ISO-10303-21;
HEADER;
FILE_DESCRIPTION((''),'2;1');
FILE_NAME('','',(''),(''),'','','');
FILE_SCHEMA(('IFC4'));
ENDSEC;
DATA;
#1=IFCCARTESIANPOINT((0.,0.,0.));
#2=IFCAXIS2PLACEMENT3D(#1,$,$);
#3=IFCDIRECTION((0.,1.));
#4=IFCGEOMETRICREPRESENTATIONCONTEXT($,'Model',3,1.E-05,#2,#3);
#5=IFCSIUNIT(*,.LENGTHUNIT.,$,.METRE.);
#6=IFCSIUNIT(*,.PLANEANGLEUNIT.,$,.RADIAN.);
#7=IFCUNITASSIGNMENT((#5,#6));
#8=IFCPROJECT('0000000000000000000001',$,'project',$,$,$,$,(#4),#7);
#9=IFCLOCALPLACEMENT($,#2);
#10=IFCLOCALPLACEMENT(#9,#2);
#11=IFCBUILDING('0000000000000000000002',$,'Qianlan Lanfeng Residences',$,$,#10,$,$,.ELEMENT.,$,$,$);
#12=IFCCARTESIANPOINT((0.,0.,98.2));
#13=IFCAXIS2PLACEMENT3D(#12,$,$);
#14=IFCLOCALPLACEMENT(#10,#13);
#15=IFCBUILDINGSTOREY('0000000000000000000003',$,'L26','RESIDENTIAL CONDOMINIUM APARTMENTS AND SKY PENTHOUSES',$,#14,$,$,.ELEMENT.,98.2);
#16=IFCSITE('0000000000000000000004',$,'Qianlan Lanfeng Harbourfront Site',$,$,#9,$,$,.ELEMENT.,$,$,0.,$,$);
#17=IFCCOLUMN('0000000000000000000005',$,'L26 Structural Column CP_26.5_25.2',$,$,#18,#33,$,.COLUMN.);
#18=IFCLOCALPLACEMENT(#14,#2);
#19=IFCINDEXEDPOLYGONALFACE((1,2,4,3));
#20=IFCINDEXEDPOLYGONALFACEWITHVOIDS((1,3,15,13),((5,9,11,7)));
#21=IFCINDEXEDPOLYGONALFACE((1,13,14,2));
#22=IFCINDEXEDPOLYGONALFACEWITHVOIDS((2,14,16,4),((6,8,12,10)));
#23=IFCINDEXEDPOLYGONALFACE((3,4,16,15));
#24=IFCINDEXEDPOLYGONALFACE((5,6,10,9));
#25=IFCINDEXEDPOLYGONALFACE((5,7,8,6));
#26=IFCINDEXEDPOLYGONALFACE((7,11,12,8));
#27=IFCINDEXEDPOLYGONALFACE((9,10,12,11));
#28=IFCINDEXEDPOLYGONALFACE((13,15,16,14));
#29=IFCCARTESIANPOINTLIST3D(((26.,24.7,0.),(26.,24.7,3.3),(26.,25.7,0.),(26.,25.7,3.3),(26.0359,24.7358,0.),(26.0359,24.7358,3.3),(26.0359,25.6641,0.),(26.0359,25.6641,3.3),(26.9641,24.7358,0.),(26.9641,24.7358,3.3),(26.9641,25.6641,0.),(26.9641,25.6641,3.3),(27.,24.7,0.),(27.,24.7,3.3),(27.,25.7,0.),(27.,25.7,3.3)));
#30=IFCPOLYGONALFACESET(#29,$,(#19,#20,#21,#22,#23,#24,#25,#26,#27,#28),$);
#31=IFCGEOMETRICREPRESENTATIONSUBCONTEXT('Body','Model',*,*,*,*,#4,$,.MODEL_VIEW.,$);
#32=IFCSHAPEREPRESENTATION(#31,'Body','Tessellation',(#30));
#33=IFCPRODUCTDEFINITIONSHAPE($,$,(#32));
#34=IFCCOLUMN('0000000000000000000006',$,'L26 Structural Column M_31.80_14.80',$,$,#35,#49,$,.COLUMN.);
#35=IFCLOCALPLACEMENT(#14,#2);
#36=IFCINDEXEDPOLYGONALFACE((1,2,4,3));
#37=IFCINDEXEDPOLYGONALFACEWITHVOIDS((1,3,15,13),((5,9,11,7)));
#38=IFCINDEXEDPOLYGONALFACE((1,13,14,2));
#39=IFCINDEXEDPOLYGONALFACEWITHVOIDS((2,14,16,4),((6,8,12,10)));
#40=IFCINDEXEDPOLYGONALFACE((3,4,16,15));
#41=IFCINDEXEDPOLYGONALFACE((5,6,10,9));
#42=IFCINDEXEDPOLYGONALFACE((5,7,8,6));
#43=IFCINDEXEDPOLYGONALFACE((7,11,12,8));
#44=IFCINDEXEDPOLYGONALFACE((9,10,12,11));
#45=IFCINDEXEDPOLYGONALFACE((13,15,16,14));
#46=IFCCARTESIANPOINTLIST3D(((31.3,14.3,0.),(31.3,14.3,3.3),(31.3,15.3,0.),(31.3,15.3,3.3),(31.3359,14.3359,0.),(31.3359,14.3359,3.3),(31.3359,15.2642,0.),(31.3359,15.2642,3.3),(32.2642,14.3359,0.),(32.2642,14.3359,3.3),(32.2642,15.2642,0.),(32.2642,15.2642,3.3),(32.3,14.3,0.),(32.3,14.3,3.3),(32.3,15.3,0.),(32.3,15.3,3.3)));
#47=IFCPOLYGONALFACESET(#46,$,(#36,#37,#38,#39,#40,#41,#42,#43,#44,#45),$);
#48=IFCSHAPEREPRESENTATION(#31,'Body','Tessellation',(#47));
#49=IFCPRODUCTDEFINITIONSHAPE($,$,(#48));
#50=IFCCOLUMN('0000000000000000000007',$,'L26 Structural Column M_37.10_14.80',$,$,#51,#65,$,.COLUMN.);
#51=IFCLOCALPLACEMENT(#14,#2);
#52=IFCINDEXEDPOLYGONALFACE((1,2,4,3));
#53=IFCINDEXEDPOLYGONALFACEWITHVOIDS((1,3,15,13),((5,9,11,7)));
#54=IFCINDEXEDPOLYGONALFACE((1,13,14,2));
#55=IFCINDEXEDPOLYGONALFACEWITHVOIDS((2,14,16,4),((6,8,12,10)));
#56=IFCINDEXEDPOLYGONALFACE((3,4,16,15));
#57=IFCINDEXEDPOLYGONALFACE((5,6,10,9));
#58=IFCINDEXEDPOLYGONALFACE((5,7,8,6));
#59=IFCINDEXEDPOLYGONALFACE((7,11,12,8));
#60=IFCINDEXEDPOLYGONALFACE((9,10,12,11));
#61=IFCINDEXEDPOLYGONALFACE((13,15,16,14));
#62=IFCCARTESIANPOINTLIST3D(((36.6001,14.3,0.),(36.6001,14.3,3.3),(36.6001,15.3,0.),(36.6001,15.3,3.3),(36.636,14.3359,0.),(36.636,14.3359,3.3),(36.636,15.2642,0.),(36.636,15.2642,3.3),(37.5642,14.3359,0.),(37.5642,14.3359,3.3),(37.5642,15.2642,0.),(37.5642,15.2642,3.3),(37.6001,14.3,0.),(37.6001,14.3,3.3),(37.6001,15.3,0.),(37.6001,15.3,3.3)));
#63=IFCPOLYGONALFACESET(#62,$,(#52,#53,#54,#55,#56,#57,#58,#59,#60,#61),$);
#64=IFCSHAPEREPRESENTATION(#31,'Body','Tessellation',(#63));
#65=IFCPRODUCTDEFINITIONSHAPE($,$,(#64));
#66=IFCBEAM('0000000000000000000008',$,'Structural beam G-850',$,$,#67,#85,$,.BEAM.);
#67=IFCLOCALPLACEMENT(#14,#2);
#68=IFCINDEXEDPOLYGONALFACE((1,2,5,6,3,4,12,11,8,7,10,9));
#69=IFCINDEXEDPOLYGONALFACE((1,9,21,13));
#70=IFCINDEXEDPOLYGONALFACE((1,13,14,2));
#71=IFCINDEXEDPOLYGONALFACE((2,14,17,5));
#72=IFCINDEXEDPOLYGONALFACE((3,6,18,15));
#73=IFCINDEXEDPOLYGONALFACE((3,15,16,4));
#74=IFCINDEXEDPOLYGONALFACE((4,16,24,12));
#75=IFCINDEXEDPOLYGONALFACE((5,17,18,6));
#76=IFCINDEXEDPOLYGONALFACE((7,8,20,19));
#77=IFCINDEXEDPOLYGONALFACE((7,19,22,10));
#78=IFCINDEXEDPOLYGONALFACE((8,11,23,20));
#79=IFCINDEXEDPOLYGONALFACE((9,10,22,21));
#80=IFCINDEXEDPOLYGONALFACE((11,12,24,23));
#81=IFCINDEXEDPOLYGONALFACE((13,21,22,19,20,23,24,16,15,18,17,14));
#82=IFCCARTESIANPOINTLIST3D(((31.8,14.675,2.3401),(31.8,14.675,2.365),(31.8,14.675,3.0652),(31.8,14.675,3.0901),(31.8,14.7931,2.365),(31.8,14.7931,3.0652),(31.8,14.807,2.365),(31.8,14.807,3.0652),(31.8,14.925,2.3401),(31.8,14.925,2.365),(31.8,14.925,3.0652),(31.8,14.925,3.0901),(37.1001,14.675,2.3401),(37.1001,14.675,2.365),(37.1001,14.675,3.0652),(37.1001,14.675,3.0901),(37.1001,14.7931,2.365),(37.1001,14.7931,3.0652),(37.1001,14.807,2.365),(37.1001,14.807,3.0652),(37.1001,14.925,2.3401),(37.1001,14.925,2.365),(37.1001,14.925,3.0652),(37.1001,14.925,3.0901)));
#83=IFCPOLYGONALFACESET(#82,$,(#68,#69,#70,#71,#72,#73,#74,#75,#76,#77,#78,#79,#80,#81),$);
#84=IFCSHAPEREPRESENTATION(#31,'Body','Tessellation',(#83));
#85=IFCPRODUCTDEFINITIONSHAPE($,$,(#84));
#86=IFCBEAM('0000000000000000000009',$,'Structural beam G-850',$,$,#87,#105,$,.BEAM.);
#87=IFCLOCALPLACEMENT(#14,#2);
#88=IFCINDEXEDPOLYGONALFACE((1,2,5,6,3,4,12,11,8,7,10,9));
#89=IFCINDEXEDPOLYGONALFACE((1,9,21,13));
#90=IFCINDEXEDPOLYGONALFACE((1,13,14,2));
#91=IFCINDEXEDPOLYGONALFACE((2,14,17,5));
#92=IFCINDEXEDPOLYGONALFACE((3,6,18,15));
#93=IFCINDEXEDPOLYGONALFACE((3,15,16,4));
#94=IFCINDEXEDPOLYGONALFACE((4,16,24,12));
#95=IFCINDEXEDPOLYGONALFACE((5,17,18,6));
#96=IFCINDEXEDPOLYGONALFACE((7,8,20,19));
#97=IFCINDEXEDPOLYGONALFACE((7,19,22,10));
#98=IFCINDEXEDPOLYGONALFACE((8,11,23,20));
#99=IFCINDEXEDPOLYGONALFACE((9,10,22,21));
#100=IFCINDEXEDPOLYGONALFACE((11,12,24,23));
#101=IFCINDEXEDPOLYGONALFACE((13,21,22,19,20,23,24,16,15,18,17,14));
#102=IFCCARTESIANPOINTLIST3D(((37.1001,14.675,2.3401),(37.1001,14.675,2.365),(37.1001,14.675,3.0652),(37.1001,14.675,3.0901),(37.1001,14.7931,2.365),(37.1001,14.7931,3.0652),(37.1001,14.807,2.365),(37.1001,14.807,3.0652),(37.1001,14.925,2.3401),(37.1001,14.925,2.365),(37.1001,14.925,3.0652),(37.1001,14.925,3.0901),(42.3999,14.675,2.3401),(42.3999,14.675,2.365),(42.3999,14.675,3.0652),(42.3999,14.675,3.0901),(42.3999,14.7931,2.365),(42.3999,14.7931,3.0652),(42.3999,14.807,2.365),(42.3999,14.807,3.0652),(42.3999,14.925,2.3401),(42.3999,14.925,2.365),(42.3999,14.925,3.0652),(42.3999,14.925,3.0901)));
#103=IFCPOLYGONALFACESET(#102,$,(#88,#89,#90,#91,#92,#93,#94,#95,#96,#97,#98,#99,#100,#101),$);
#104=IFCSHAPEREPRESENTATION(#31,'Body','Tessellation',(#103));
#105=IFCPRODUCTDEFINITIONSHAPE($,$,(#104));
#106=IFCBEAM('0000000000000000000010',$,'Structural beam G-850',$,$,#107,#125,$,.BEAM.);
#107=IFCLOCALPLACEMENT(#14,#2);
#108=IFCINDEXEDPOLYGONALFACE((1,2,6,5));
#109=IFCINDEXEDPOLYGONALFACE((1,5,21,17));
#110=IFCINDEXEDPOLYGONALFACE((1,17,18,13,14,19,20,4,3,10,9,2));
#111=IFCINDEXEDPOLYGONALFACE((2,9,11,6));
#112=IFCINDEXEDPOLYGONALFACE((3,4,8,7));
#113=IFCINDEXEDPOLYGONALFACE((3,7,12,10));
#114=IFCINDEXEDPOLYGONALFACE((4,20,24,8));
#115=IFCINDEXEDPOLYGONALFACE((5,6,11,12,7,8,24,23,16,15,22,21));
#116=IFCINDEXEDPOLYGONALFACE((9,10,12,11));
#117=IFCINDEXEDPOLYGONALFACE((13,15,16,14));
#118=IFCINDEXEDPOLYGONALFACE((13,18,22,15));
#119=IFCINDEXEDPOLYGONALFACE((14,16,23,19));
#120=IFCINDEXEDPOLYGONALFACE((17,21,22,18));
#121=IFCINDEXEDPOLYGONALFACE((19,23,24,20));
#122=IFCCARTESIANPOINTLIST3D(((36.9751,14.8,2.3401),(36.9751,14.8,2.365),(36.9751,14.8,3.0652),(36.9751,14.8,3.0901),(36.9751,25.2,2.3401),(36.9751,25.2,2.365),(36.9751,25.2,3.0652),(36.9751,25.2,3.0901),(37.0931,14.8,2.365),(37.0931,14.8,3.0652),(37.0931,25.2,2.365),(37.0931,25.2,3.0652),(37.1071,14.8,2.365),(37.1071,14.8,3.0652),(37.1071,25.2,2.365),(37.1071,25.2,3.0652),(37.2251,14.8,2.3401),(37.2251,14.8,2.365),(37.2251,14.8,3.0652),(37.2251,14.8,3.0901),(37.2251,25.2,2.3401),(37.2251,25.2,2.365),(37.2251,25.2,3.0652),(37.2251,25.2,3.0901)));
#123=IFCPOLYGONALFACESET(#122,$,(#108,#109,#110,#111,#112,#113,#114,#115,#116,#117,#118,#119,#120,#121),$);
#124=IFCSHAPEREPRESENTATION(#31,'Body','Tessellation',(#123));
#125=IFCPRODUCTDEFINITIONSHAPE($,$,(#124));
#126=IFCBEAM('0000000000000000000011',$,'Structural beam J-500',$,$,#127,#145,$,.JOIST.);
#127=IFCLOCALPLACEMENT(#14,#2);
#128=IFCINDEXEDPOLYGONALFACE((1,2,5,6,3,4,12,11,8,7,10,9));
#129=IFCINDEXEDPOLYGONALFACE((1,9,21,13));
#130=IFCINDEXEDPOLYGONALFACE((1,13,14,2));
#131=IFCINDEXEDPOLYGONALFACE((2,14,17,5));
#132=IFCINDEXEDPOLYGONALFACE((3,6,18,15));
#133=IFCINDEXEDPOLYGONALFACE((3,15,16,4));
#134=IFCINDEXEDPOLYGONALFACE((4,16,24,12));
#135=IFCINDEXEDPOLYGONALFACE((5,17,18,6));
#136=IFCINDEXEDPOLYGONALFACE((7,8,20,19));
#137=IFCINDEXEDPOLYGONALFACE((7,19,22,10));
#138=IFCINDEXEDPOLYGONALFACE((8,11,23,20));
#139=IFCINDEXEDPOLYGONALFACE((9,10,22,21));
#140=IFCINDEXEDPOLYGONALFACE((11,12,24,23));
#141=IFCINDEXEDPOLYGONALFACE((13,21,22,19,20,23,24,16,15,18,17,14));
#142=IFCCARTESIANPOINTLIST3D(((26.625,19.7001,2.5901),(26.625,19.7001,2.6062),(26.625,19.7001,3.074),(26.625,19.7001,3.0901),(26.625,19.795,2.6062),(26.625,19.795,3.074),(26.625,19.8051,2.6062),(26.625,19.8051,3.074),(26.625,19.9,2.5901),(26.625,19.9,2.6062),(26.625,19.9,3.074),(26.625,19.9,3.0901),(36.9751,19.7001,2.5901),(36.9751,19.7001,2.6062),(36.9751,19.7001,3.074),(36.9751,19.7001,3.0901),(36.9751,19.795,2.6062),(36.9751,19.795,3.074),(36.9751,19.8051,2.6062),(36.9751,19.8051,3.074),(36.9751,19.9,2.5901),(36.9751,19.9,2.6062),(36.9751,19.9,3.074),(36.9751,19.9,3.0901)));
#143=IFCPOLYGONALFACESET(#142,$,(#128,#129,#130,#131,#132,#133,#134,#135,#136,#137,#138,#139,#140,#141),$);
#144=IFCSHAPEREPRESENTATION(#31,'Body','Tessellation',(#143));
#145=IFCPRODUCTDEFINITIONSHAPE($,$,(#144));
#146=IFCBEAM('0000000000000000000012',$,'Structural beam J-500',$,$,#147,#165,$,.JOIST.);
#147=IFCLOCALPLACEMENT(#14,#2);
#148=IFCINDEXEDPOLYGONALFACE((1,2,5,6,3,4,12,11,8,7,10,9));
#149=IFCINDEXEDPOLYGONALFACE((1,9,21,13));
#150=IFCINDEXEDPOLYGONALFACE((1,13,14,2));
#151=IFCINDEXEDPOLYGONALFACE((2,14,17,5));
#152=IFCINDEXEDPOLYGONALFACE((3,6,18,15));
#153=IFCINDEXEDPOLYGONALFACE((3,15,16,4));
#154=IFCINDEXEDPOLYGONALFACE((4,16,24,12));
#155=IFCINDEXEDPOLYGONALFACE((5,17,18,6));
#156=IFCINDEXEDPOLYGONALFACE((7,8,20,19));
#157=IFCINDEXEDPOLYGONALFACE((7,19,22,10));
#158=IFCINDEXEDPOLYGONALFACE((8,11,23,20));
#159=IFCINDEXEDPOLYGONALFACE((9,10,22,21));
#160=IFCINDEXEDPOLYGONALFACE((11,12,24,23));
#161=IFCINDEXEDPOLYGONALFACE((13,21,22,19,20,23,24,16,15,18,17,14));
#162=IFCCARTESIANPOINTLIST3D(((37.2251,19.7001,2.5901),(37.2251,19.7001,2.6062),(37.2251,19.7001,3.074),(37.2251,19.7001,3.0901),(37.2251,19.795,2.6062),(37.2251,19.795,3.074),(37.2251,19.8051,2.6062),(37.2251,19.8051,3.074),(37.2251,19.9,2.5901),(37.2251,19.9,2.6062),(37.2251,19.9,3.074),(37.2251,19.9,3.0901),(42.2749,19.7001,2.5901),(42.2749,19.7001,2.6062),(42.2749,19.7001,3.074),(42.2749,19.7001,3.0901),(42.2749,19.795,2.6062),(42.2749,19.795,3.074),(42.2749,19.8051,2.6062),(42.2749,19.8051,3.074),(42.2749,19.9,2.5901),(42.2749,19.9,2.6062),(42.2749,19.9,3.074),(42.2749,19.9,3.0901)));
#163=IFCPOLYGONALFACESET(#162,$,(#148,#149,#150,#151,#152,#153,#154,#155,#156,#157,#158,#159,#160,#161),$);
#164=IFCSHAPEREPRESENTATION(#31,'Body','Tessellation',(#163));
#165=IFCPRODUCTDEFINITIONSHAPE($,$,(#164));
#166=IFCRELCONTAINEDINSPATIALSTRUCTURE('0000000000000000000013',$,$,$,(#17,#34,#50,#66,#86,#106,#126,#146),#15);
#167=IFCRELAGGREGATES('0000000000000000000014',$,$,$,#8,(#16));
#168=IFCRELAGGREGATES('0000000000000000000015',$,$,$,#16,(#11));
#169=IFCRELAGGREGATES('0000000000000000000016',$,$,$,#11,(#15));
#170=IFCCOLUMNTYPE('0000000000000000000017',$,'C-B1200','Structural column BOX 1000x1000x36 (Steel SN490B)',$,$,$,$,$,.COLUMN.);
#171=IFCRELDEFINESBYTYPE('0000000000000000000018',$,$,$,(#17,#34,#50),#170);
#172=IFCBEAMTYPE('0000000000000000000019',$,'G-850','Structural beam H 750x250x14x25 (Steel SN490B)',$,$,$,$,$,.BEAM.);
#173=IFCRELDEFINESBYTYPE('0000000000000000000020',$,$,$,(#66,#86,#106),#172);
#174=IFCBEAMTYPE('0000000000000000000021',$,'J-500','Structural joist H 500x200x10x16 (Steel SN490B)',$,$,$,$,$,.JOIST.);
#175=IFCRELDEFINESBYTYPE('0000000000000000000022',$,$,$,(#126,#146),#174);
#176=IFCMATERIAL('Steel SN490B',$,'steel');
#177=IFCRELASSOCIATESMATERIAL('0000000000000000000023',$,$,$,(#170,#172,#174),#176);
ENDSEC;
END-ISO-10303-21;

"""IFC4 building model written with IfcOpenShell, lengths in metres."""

from ifc_helpers import new_model, si_unit, direction, frame, origin, origin_2d, place, context, subcontext, project, spatial, hollow_rectangle, i_section, extrude, material, material_profile, profile_set, type_object, element, save


model = new_model("IFC4")

# Units and contexts
model_context = context("Model", 3, precision=1e-05, world=origin(), true_north=direction((0.0, 1.0)))
body_context = subcontext(model_context, "Body", "Model", "MODEL_VIEW")
ifc_project = project(units=[si_unit("LENGTHUNIT", "METRE"), si_unit("PLANEANGLEUNIT", "RADIAN")], contexts=[model_context])

# Site, building, storey
site_placement = place(None, origin())
site = spatial("IfcSite", under=ifc_project, at=site_placement, Name="Qianlan Lanfeng Harbourfront Site", CompositionType="ELEMENT", RefElevation=0.0)
building_placement = place(site_placement, origin())
building = spatial("IfcBuilding", under=site, at=building_placement, Name="Qianlan Lanfeng Residences", CompositionType="ELEMENT")
storey_placement = place(building_placement, frame((0.0, 0.0, 98.2)))
storey = spatial("IfcBuildingStorey", under=building, at=storey_placement, Name="L26", Description="RESIDENTIAL CONDOMINIUM APARTMENTS AND SKY PENTHOUSES", CompositionType="ELEMENT", Elevation=98.2)

# Columns
ifc_material_1 = material(Name="Steel SN490B", Category="steel")
ifc_material_profile_1 = material_profile(ifc_material_1, hollow_rectangle(XDim=1.0, YDim=1.0, WallThickness=0.0359, at=origin_2d()), Name="BOX 1000x1000x36")
ifc_profile_set_1 = profile_set([ifc_material_profile_1], Name="Steel SN490B")
column_type = type_object("IfcColumnType", Name="C-B1200", Description="Structural column BOX 1000x1000x36 (Steel SN490B)", PredefinedType="COLUMN", material=ifc_profile_set_1)
for number, where, z_axis, x_axis, name in (
    (1, (26.5, 25.2, 0.0), (0.0, 0.0, 1.0), (1.0, 0.0, 0.0), "L26 Structural Column CP_26.5_25.2"),
    (2, (31.8, 14.8, 0.0), (0.0, 0.0, 1.0), (1.0, 0.0, 0.0), "L26 Structural Column M_31.80_14.80"),
    (3, (37.1001, 14.8, 0.0), (0.0, 0.0, 1.0), (1.0, 0.0, 0.0), "L26 Structural Column M_37.10_14.80"),
):
    element("IfcColumn", number, at=place(storey_placement, frame(where, z_axis=z_axis, x_axis=x_axis)), inside=storey, type_object=column_type, Name=name, PredefinedType="COLUMN", context=body_context, shape_type="SweptSolid", body=[
        extrude(hollow_rectangle(XDim=1.0, YDim=1.0, WallThickness=0.0359, at=origin_2d()), origin(), (0.0, 0.0, 1.0), 3.3),
    ])

# Beams
ifc_material_profile_2 = material_profile(ifc_material_1, i_section(OverallWidth=0.25, OverallDepth=0.75, WebThickness=0.0139, FlangeThickness=0.0249, at=origin_2d()), Name="H 750x250x14x25")
ifc_profile_set_2 = profile_set([ifc_material_profile_2], Name="Steel SN490B")
beam_type_1 = type_object("IfcBeamType", Name="G-850", Description="Structural beam H 750x250x14x25 (Steel SN490B)", PredefinedType="BEAM", material=ifc_profile_set_2)
beam_1_placement = place(storey_placement, frame((31.8, 14.8, 2.7151), z_axis=(1.0, 0.0, 0.0), x_axis=(0.0, 1.0, 0.0)))
element("IfcBeam", 4, at=beam_1_placement, inside=storey, type_object=beam_type_1, Name="Structural beam G-850", PredefinedType="BEAM", context=body_context, shape_type="SweptSolid", body=[
    extrude(i_section(OverallWidth=0.25, OverallDepth=0.75, WebThickness=0.0139, FlangeThickness=0.0249, at=origin_2d()), origin(), (0.0, 0.0, 1.0), 5.3),
])
beam_2_placement = place(storey_placement, frame((37.1001, 14.8, 2.7151), z_axis=(1.0, 0.0, 0.0), x_axis=(0.0, 1.0, 0.0)))
element("IfcBeam", 5, at=beam_2_placement, inside=storey, type_object=beam_type_1, Name="Structural beam G-850", PredefinedType="BEAM", context=body_context, shape_type="SweptSolid", body=[
    extrude(i_section(OverallWidth=0.25, OverallDepth=0.75, WebThickness=0.0139, FlangeThickness=0.0249, at=origin_2d()), origin(), (0.0, 0.0, 1.0), 5.2998),
])
beam_3_placement = place(storey_placement, frame((37.1001, 14.8, 2.7151), z_axis=(0.0, 1.0, 0.0), x_axis=(-1.0, 0.0, 0.0)))
element("IfcBeam", 6, at=beam_3_placement, inside=storey, type_object=beam_type_1, Name="Structural beam G-850", PredefinedType="BEAM", context=body_context, shape_type="SweptSolid", body=[
    extrude(i_section(OverallWidth=0.25, OverallDepth=0.75, WebThickness=0.0139, FlangeThickness=0.0249, at=origin_2d()), origin(), (0.0, 0.0, 1.0), 10.3999),
])
ifc_material_profile_3 = material_profile(ifc_material_1, i_section(OverallWidth=0.2, OverallDepth=0.5, WebThickness=0.01, FlangeThickness=0.0161, at=origin_2d()), Name="H 500x200x10x16")
ifc_profile_set_3 = profile_set([ifc_material_profile_3], Name="Steel SN490B")
beam_type_2 = type_object("IfcBeamType", Name="J-500", Description="Structural joist H 500x200x10x16 (Steel SN490B)", PredefinedType="JOIST", material=ifc_profile_set_3)
beam_4_placement = place(storey_placement, frame((26.625, 19.8, 2.8401), z_axis=(1.0, 0.0, 0.0), x_axis=(0.0, 1.0, 0.0)))
element("IfcBeam", 7, at=beam_4_placement, inside=storey, type_object=beam_type_2, Name="Structural beam J-500", PredefinedType="JOIST", context=body_context, shape_type="SweptSolid", body=[
    extrude(i_section(OverallWidth=0.2, OverallDepth=0.5, WebThickness=0.01, FlangeThickness=0.0161, at=origin_2d()), origin(), (0.0, 0.0, 1.0), 10.3501),
])
beam_5_placement = place(storey_placement, frame((37.2251, 19.8, 2.8401), z_axis=(1.0, 0.0, 0.0), x_axis=(0.0, 1.0, 0.0)))
element("IfcBeam", 8, at=beam_5_placement, inside=storey, type_object=beam_type_2, Name="Structural beam J-500", PredefinedType="JOIST", context=body_context, shape_type="SweptSolid", body=[
    extrude(i_section(OverallWidth=0.2, OverallDepth=0.5, WebThickness=0.01, FlangeThickness=0.0161, at=origin_2d()), origin(), (0.0, 0.0, 1.0), 5.0498),
])

save(model, "model.ifc")
